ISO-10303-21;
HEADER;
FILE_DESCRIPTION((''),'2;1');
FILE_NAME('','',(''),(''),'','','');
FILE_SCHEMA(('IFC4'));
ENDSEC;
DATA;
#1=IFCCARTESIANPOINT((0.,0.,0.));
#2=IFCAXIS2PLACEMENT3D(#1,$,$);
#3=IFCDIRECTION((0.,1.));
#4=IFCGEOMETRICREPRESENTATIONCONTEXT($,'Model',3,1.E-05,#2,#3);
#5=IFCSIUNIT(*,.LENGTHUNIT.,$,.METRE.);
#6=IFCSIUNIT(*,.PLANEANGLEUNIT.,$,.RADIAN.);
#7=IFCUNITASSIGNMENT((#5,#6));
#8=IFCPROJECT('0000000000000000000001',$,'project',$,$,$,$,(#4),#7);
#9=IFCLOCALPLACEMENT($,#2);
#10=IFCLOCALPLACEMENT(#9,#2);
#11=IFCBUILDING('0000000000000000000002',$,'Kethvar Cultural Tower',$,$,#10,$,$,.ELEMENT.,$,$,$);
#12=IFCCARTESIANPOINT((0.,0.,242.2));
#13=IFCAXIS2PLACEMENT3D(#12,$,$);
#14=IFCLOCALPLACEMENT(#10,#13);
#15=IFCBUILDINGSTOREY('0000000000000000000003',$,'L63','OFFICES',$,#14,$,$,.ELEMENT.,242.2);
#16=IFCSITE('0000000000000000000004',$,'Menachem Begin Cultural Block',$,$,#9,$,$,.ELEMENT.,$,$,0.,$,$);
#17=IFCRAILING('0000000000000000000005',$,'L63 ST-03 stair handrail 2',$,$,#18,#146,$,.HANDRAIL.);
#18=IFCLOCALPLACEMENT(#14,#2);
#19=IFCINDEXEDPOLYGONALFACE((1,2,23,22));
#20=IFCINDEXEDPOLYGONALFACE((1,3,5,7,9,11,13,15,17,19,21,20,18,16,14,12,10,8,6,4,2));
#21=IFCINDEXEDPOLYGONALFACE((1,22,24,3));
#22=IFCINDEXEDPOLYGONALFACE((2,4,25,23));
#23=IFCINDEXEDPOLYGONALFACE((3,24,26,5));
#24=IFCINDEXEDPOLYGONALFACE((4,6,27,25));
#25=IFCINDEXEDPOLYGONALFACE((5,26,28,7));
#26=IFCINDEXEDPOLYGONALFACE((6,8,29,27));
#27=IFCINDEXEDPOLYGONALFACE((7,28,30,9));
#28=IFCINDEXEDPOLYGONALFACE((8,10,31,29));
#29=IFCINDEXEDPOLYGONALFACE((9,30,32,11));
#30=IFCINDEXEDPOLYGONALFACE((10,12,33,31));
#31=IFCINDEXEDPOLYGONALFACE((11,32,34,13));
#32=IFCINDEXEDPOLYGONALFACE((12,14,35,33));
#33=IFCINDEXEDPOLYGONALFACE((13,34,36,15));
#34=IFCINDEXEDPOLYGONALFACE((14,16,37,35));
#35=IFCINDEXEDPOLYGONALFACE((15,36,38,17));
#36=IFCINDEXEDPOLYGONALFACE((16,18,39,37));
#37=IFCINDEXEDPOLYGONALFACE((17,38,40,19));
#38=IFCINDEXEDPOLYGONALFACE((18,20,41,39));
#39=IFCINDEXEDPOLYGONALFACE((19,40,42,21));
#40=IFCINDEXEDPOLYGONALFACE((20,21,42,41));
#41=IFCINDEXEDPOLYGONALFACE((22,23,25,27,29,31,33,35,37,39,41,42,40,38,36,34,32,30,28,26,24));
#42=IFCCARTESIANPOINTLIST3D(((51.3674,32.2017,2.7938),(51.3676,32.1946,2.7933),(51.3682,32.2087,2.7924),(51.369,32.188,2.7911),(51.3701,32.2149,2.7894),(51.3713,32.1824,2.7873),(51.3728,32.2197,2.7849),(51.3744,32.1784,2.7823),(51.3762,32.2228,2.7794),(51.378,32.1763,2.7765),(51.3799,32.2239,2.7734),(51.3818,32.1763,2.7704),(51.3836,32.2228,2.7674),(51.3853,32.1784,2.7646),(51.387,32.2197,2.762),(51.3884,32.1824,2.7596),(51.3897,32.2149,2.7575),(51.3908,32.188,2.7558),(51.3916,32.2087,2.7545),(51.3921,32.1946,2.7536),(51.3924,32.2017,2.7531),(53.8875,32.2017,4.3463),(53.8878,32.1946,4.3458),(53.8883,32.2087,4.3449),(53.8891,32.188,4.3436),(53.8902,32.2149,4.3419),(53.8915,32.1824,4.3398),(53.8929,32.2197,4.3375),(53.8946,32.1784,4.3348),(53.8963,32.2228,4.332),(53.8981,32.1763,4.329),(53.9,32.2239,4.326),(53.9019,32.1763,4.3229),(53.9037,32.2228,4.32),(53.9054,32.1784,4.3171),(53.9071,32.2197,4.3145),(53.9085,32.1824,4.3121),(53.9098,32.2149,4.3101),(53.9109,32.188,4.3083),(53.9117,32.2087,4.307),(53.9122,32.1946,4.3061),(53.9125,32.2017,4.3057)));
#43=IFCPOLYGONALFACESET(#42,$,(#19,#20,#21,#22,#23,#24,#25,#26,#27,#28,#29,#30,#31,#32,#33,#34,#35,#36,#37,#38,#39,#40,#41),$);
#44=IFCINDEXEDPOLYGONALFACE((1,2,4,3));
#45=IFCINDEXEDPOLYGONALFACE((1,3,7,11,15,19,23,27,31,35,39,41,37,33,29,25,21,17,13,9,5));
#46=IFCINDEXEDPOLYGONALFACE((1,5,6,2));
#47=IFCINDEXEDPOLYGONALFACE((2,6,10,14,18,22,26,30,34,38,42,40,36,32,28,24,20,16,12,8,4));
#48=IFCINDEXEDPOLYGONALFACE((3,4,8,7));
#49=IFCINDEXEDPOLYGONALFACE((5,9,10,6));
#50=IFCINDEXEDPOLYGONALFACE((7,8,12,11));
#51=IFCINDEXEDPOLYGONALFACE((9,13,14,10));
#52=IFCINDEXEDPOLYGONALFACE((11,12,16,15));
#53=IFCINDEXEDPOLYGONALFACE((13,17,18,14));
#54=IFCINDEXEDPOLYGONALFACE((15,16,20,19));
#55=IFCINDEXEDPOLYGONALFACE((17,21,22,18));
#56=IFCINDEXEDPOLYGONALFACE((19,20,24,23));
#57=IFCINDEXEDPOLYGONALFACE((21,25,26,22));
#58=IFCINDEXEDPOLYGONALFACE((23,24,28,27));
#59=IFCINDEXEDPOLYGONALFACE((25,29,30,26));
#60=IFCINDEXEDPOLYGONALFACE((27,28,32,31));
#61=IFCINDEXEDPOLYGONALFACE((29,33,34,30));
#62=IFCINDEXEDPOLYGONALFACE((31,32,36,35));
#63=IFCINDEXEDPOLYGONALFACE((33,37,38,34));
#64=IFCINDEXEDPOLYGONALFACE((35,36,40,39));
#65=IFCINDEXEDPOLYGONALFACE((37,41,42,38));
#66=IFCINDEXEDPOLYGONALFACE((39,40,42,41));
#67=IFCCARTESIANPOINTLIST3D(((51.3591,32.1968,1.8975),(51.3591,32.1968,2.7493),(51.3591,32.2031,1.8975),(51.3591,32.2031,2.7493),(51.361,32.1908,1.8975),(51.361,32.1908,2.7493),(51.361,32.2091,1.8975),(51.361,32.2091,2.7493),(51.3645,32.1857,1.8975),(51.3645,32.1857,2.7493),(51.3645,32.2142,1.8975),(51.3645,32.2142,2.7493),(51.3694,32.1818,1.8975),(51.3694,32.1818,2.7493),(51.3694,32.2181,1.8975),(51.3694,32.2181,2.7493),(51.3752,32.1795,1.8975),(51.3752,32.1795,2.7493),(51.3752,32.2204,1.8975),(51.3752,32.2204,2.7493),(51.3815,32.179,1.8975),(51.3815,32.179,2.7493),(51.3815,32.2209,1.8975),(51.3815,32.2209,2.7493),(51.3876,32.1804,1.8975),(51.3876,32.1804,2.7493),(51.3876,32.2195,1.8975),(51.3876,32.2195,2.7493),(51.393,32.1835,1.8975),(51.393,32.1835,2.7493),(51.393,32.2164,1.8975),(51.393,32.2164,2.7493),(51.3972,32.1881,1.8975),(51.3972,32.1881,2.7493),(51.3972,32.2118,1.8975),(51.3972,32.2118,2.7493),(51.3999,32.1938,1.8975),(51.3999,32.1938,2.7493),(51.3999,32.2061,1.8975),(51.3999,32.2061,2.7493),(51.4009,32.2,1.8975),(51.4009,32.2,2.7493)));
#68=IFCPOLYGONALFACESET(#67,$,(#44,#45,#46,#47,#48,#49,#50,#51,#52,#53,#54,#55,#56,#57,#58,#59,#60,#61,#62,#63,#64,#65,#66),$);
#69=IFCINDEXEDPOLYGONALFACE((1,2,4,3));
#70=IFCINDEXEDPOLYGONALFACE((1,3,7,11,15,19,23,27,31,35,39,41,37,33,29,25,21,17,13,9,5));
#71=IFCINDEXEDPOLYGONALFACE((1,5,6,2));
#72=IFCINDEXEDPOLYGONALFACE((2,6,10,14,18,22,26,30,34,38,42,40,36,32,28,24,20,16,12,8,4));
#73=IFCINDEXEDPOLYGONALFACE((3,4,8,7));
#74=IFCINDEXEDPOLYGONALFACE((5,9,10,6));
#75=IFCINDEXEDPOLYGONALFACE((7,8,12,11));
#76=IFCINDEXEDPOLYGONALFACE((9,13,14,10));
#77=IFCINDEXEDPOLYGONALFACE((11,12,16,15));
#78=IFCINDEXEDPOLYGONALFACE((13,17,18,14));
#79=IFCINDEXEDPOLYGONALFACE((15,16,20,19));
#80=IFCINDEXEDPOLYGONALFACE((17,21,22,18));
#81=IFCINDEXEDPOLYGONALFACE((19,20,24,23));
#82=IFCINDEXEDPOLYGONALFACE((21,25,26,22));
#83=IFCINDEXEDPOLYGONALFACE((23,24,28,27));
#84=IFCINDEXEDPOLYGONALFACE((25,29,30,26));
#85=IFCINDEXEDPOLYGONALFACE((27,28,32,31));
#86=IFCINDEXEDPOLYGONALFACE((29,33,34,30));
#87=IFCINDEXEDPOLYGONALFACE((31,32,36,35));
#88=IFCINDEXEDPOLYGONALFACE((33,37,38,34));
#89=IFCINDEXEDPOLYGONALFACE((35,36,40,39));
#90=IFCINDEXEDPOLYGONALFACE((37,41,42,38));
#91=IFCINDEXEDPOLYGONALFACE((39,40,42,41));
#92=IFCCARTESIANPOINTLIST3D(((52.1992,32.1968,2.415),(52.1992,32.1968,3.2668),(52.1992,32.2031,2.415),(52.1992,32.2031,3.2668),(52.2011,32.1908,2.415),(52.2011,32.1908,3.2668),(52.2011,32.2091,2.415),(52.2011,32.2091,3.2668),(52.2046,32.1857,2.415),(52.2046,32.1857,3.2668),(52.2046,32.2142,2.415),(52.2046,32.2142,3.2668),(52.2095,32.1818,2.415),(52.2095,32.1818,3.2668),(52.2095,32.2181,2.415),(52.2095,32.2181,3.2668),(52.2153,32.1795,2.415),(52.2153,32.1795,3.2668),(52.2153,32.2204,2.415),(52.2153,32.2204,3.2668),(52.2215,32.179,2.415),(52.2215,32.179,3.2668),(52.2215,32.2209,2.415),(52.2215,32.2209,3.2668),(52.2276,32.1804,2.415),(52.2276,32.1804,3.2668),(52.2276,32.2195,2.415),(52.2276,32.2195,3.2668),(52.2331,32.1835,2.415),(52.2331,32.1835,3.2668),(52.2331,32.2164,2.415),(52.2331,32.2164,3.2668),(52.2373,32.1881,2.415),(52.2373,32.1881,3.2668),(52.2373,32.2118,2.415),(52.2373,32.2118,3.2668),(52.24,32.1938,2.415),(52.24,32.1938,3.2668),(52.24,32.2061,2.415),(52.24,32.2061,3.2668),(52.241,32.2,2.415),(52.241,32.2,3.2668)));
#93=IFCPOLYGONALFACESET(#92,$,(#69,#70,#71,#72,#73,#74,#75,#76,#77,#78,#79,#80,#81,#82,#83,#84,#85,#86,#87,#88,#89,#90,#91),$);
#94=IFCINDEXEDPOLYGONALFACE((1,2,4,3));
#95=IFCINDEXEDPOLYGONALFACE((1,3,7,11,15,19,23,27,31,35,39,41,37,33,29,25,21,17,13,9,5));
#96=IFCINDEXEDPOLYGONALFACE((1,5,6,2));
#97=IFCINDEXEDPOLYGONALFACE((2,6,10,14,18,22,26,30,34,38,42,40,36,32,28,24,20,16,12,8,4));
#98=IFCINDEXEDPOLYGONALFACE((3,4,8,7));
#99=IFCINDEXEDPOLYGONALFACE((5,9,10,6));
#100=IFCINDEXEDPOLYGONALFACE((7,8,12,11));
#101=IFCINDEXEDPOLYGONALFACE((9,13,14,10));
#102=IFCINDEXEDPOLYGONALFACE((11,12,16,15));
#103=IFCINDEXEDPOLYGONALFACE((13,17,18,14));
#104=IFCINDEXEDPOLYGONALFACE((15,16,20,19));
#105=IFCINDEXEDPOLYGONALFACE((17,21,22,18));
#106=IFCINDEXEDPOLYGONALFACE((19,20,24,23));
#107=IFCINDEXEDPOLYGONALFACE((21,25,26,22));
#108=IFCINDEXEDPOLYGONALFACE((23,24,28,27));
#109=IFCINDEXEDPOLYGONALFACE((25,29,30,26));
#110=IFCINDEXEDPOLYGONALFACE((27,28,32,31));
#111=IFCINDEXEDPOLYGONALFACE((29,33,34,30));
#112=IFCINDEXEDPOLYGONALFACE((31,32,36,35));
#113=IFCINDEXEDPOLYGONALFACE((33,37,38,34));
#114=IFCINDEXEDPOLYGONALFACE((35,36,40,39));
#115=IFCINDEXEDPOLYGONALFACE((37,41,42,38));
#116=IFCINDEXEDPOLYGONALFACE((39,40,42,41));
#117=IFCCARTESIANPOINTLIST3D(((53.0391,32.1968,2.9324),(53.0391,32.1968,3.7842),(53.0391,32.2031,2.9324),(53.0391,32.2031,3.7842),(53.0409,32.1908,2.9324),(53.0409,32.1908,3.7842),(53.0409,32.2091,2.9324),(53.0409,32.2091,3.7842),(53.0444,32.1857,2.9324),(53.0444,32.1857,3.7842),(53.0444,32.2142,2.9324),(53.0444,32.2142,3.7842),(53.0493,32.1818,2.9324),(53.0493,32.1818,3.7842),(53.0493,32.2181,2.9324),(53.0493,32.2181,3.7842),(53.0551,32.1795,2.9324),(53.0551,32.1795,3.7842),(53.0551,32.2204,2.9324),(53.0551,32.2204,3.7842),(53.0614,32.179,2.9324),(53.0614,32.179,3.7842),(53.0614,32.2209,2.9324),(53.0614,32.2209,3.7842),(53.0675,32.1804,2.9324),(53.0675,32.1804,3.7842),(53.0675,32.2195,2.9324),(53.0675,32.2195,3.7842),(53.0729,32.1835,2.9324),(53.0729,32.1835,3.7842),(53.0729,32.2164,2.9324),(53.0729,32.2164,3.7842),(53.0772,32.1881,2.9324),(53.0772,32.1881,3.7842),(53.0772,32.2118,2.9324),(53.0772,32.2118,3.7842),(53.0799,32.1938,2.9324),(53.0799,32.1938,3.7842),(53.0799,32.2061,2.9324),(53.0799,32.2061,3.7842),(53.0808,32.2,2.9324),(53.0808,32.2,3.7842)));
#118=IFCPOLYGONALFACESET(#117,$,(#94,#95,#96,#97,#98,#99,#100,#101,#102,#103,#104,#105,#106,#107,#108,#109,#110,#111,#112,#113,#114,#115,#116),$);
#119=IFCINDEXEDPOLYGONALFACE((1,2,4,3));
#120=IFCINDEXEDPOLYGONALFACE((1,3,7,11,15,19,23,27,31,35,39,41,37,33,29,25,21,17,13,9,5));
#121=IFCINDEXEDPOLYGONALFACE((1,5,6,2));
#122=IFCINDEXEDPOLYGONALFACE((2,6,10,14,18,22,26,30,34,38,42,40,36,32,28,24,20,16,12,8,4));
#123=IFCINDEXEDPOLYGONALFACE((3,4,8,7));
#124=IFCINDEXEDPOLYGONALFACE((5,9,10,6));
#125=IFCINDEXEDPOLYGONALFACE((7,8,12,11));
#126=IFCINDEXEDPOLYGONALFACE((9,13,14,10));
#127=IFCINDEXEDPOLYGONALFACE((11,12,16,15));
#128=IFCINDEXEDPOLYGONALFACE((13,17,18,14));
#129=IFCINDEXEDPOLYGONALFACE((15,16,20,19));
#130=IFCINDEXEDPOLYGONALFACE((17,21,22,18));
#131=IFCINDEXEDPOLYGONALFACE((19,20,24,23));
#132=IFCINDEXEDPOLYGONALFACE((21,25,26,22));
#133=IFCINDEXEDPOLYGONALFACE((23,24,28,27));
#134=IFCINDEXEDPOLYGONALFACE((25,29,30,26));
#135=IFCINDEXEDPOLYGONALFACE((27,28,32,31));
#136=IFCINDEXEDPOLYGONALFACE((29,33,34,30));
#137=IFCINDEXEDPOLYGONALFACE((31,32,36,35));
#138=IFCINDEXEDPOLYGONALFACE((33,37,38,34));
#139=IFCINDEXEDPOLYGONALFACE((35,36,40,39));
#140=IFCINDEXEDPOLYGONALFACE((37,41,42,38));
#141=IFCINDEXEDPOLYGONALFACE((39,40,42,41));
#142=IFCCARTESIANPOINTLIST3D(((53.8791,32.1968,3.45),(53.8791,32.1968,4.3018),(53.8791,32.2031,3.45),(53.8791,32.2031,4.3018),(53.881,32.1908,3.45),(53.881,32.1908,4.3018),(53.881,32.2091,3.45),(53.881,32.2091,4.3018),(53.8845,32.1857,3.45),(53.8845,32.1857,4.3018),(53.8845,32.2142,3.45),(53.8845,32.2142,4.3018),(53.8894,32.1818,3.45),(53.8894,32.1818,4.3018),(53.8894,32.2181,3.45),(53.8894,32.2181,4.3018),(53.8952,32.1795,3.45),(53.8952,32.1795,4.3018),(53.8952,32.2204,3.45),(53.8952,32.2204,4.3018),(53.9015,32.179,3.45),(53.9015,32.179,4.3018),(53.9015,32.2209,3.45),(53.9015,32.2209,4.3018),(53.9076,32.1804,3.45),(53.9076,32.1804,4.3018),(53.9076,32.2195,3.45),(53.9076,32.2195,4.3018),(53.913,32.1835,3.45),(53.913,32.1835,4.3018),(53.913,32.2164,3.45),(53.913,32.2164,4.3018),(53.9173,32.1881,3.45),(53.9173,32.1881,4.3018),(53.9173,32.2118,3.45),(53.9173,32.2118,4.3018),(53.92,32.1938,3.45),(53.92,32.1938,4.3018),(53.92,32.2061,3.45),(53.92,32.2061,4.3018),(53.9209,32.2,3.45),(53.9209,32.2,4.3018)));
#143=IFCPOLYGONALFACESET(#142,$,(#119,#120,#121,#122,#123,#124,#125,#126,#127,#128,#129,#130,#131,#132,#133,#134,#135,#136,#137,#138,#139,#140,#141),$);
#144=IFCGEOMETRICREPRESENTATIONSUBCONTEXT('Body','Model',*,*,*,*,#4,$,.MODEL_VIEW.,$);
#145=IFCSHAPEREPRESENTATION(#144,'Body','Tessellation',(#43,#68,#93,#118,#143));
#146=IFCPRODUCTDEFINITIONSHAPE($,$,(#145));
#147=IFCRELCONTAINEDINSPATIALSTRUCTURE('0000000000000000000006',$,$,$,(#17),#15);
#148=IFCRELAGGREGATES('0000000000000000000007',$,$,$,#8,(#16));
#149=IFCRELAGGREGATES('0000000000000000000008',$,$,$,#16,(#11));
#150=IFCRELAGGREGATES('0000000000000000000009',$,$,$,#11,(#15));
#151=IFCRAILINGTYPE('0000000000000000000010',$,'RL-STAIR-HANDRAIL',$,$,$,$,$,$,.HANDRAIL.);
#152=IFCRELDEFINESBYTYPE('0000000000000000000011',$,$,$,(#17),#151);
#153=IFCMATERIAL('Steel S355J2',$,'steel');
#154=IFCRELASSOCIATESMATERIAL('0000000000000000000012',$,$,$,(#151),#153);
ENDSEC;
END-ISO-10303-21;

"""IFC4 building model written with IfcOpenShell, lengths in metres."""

from ifc_helpers import new_model, si_unit, direction, frame, origin, origin_2d, place, context, subcontext, project, spatial, circle, extrude, material, type_object, element, save


model = new_model("IFC4")

# Units and contexts
model_context = context("Model", 3, precision=1e-05, world=origin(), true_north=direction((0.0, 1.0)))
body_context = subcontext(model_context, "Body", "Model", "MODEL_VIEW")
ifc_project = project(units=[si_unit("LENGTHUNIT", "METRE"), si_unit("PLANEANGLEUNIT", "RADIAN")], contexts=[model_context])

# Site, building, storey
site_placement = place(None, origin())
site = spatial("IfcSite", under=ifc_project, at=site_placement, Name="Menachem Begin Cultural Block", CompositionType="ELEMENT", RefElevation=0.0)
building_placement = place(site_placement, origin())
building = spatial("IfcBuilding", under=site, at=building_placement, Name="Kethvar Cultural Tower", CompositionType="ELEMENT")
storey_placement = place(building_placement, frame((0.0, 0.0, 242.2)))
storey = spatial("IfcBuildingStorey", under=building, at=storey_placement, Name="L63", Description="OFFICES", CompositionType="ELEMENT", Elevation=242.2)

# Shared definitions
ifc_material_1 = material(Name="Steel S355J2", Category="steel")

# Railing
railing_type_1 = type_object("IfcRailingType", Name="RL-STAIR-HANDRAIL", PredefinedType="HANDRAIL", material=ifc_material_1)
railing_1_placement = place(storey_placement, frame((51.3799, 32.2, 1.8975)))
element("IfcRailing", 1, at=railing_1_placement, inside=storey, type_object=railing_type_1, Name="L63 ST-03 stair handrail 2", PredefinedType="HANDRAIL", context=body_context, shape_type="SweptSolid", body=[
    extrude(circle(Radius=0.0239, at=origin_2d()), frame((0.0, 0.0, 0.876), z_axis=(0.8514, 0.0, 0.524516), x_axis=(0.0, 1.0, 0.0)), (0.0, 0.0, 1.0), 2.96),
    extrude(circle(Radius=0.021, at=origin_2d()), origin(), (0.0, 0.0, 1.0), 0.8518),
    extrude(circle(Radius=0.021, at=origin_2d()), frame((0.8401, 0.0, 0.5176)), (0.0, 0.0, 1.0), 0.8518),
    extrude(circle(Radius=0.021, at=origin_2d()), frame((1.6799, 0.0, 1.0349)), (0.0, 0.0, 1.0), 0.8518),
    extrude(circle(Radius=0.021, at=origin_2d()), frame((2.52, 0.0, 1.5525)), (0.0, 0.0, 1.0), 0.8518),
])

save(model, "model.ifc")
